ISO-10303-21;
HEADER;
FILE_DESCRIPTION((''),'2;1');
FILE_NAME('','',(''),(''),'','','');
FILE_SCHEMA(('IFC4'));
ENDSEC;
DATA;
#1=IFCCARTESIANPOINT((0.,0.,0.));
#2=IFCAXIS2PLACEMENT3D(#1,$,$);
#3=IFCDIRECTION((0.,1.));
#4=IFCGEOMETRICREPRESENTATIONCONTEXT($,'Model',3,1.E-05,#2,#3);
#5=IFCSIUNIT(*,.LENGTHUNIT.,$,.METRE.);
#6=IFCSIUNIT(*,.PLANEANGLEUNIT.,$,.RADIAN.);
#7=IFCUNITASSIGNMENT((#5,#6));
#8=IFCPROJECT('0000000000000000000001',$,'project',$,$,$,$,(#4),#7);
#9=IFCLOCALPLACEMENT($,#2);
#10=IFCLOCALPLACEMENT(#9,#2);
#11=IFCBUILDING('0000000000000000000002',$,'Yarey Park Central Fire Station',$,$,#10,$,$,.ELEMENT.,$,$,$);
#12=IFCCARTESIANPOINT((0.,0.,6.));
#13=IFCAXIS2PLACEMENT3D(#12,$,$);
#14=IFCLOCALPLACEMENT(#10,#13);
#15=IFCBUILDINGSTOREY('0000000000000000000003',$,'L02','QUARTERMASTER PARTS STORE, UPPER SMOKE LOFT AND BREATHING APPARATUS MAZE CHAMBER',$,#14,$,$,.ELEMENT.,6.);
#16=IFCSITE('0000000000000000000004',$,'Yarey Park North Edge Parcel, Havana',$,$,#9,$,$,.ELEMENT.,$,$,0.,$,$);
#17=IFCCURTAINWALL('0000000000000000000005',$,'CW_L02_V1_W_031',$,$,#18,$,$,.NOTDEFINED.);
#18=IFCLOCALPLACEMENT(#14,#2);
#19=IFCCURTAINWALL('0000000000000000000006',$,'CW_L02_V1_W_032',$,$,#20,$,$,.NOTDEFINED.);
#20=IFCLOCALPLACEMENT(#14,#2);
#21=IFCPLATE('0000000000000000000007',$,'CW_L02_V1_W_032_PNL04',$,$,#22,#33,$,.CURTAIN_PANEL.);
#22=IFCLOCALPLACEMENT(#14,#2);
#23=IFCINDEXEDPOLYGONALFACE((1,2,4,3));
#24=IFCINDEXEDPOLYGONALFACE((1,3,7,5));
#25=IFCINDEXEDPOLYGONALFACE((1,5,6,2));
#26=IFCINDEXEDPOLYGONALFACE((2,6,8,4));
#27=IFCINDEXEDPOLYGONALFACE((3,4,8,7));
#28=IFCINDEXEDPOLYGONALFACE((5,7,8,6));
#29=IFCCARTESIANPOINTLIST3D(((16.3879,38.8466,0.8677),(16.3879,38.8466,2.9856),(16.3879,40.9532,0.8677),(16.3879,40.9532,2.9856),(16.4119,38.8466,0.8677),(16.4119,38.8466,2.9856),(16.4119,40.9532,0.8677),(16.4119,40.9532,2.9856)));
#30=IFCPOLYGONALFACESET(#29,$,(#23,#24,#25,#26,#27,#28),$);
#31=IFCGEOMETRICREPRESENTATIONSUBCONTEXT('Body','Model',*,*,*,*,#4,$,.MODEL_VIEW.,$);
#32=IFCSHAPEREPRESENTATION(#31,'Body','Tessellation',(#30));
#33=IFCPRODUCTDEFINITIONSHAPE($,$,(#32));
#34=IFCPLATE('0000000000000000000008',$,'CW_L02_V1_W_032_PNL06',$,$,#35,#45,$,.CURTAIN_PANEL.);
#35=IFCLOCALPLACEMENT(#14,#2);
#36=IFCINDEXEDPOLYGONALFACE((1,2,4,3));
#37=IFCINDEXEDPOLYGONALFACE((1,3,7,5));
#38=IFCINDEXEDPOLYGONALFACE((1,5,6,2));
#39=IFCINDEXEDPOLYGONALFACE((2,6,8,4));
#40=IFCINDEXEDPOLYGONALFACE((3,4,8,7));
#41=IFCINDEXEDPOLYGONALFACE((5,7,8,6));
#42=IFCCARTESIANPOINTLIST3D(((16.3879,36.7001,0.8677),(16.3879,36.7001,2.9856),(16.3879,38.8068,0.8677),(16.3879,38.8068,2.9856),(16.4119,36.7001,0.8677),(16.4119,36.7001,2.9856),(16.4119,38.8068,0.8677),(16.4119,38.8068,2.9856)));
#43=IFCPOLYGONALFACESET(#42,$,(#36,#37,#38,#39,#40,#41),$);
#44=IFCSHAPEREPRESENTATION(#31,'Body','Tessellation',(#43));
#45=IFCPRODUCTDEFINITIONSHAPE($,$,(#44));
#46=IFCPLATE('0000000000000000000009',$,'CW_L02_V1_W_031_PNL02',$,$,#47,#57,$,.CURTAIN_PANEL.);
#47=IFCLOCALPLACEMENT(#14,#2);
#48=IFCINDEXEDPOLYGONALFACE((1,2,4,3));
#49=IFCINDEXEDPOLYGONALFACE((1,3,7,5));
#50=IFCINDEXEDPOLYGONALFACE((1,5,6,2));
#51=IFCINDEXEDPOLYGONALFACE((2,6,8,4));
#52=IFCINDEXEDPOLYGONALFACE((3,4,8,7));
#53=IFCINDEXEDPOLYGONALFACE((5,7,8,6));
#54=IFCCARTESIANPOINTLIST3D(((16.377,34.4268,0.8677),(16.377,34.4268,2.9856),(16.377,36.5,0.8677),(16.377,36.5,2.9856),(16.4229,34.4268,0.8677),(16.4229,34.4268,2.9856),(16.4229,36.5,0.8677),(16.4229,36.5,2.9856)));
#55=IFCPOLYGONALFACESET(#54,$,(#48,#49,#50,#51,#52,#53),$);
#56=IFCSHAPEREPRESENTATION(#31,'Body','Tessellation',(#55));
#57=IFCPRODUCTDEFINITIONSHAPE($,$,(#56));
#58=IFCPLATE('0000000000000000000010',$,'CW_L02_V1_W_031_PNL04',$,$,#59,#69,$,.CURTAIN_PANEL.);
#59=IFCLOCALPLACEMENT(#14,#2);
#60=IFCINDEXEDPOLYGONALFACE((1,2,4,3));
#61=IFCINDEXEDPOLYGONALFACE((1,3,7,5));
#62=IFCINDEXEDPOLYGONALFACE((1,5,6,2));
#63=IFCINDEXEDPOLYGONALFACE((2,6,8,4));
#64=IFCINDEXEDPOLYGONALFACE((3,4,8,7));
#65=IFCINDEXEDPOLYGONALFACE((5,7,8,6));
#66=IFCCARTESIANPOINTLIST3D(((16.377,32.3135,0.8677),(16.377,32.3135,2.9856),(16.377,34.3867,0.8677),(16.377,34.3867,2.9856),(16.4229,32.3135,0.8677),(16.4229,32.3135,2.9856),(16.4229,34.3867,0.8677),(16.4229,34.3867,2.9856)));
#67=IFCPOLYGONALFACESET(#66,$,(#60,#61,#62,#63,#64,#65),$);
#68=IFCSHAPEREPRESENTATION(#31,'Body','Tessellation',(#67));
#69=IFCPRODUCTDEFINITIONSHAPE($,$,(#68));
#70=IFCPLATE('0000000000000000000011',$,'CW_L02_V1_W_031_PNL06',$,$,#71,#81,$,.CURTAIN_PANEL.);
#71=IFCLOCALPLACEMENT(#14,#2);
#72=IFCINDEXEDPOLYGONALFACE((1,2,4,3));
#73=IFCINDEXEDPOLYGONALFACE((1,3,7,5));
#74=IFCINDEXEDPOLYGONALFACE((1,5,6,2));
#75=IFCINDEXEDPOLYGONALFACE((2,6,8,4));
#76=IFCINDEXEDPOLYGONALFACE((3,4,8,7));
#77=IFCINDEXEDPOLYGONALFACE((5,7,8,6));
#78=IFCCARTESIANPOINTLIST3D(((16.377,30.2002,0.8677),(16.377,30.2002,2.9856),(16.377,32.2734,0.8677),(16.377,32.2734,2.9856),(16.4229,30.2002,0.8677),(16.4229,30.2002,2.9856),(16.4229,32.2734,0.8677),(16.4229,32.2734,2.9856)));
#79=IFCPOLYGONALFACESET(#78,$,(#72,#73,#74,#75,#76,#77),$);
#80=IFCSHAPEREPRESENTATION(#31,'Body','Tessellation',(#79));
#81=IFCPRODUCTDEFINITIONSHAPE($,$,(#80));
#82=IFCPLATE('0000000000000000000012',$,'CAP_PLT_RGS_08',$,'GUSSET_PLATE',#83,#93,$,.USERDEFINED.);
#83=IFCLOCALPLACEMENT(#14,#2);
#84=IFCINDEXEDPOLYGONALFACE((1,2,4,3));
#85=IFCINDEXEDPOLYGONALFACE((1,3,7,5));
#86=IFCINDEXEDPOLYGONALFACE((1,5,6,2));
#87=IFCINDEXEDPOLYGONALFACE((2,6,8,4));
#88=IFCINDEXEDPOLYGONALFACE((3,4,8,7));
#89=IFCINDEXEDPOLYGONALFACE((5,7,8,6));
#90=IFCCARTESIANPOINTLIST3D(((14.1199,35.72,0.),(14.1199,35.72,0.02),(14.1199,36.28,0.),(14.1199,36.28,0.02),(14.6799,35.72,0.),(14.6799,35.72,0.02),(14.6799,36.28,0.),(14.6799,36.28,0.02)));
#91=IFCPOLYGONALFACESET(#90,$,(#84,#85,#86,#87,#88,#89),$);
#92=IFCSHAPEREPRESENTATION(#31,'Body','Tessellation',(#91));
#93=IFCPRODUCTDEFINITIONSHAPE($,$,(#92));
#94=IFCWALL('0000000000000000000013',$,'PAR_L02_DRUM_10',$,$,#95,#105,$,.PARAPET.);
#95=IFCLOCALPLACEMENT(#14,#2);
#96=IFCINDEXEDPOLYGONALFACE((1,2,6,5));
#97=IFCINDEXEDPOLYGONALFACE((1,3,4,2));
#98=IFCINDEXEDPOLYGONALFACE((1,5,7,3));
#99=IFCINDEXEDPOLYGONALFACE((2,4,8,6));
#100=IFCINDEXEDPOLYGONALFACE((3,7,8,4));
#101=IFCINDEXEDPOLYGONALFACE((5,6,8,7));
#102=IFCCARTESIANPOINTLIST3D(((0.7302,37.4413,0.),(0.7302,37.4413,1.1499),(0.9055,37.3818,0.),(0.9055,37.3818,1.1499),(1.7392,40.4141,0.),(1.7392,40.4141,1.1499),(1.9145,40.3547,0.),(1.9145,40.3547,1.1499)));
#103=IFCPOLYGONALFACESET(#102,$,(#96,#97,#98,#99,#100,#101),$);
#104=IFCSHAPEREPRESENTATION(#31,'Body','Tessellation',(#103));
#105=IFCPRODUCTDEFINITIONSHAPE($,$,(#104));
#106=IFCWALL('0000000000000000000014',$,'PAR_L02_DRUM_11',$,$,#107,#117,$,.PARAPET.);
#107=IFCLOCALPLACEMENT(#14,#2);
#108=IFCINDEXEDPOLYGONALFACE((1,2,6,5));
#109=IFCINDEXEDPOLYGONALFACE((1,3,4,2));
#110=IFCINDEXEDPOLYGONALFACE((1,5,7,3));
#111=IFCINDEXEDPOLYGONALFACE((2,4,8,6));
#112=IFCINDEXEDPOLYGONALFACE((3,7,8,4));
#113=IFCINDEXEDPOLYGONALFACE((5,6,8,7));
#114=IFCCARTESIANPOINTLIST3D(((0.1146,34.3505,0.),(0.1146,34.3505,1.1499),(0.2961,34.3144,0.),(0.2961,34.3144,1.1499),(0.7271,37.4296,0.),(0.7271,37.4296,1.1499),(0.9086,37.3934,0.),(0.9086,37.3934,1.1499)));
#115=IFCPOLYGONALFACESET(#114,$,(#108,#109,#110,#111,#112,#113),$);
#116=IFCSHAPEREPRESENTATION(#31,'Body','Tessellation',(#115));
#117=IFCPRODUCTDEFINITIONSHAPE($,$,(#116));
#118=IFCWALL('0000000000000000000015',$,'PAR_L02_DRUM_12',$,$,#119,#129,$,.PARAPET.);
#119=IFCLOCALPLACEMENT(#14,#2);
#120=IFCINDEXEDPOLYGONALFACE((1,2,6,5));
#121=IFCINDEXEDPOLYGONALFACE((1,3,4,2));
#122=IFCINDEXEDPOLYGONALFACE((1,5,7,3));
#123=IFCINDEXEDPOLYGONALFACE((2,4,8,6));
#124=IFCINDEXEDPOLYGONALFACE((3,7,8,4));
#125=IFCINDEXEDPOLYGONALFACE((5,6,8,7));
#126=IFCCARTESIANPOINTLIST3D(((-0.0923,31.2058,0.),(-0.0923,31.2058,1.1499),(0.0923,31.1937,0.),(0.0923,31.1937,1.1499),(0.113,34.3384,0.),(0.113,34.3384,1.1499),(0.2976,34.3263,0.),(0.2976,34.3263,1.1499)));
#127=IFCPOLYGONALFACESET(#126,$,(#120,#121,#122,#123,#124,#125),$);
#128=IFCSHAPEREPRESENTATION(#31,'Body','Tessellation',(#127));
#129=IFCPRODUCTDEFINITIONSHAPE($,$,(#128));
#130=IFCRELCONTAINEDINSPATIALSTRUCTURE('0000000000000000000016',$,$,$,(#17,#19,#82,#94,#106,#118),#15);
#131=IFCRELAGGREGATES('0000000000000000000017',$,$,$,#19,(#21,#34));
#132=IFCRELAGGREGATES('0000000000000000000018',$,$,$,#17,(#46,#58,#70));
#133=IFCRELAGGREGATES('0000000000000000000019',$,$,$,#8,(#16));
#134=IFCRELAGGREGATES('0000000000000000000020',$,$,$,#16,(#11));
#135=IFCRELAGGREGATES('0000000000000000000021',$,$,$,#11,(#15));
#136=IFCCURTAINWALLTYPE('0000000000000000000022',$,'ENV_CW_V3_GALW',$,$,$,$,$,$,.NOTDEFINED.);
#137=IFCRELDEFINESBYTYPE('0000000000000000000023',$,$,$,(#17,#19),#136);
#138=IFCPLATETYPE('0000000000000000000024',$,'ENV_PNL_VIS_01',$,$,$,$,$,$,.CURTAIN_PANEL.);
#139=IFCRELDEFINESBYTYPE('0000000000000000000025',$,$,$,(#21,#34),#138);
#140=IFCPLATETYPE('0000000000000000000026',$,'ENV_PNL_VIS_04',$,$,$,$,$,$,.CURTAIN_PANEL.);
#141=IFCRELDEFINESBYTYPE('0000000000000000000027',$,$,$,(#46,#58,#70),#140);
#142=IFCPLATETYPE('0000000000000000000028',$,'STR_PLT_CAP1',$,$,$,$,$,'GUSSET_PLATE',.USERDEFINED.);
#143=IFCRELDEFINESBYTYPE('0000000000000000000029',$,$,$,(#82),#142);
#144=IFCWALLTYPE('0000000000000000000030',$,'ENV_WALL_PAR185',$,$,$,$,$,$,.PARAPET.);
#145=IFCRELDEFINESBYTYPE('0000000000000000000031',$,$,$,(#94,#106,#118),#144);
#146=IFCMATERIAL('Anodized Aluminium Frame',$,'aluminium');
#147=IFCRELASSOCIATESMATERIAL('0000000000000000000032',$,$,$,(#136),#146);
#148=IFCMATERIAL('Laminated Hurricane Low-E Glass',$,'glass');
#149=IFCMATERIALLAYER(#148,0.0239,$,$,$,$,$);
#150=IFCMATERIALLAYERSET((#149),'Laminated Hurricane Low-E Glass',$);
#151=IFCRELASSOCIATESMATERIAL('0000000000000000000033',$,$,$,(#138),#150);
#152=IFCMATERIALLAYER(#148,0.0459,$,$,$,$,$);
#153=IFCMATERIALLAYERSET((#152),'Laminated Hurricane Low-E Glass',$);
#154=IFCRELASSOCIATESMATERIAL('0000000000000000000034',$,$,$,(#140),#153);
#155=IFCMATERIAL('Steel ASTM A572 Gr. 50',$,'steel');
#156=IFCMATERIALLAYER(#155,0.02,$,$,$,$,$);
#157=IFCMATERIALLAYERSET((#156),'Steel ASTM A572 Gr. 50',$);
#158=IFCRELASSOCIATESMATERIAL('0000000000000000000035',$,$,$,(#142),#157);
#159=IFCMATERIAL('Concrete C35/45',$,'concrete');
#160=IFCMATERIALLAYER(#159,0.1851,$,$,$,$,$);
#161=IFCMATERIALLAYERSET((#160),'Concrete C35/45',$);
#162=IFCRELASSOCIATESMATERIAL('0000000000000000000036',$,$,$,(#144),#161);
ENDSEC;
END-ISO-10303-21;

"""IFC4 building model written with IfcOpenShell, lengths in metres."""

from ifc_helpers import new_model, si_unit, direction, frame, frame_2d, origin, origin_2d, place, context, subcontext, project, spatial, rectangle, extrude, material, layer, layer_set, type_object, element, aggregate, save


model = new_model("IFC4")

# Units and contexts
model_context = context("Model", 3, precision=1e-05, world=origin(), true_north=direction((0.0, 1.0)))
body_context = subcontext(model_context, "Body", "Model", "MODEL_VIEW")
ifc_project = project(units=[si_unit("LENGTHUNIT", "METRE"), si_unit("PLANEANGLEUNIT", "RADIAN")], contexts=[model_context])

# Site, building, storey
site_placement = place(None, origin())
site = spatial("IfcSite", under=ifc_project, at=site_placement, Name="Yarey Park North Edge Parcel, Havana", CompositionType="ELEMENT", RefElevation=0.0)
building_placement = place(site_placement, origin())
building = spatial("IfcBuilding", under=site, at=building_placement, Name="Yarey Park Central Fire Station", CompositionType="ELEMENT")
storey_placement = place(building_placement, frame((0.0, 0.0, 6.0)))
storey = spatial("IfcBuildingStorey", under=building, at=storey_placement, Name="L02", Description="QUARTERMASTER PARTS STORE, UPPER SMOKE LOFT AND BREATHING APPARATUS MAZE CHAMBER", CompositionType="ELEMENT", Elevation=6.0)

# Curtain walls
ifc_material_1 = material(Name="Anodized Aluminium Frame", Category="aluminium")
curtain_wall_type = type_object("IfcCurtainWallType", Name="ENV_CW_V3_GALW", PredefinedType="NOTDEFINED", material=ifc_material_1)
curtain_wall_1_placement = place(storey_placement, origin())
curtain_wall_1 = element("IfcCurtainWall", 1, at=curtain_wall_1_placement, inside=storey, type_object=curtain_wall_type, Name="CW_L02_V1_W_031", PredefinedType="NOTDEFINED")
curtain_wall_2_placement = place(storey_placement, origin())
curtain_wall_2 = element("IfcCurtainWall", 2, at=curtain_wall_2_placement, inside=storey, type_object=curtain_wall_type, Name="CW_L02_V1_W_032", PredefinedType="NOTDEFINED")

# Plates
ifc_material_2 = material(Name="Laminated Hurricane Low-E Glass", Category="glass")
ifc_layer_1 = layer(ifc_material_2, 0.0239)
ifc_layer_set_1 = layer_set([ifc_layer_1], Name="Laminated Hurricane Low-E Glass")
plate_type_1 = type_object("IfcPlateType", Name="ENV_PNL_VIS_01", PredefinedType="CURTAIN_PANEL", material=ifc_layer_set_1)
plate_1_placement = place(storey_placement, frame((16.3999, 39.8999, 0.8677), z_axis=(0.0, 0.0, 1.0), x_axis=(0.0, -1.0, 0.0)))
plate_1 = element("IfcPlate", 3, at=plate_1_placement, type_object=plate_type_1, Name="CW_L02_V1_W_032_PNL04", PredefinedType="CURTAIN_PANEL", context=body_context, shape_type="SweptSolid", body=[
    extrude(rectangle(XDim=2.1067, YDim=0.0239, at=origin_2d()), origin(), (0.0, 0.0, 1.0), 2.1179),
])
plate_2_placement = place(storey_placement, frame((16.3999, 37.7534, 0.8677), z_axis=(0.0, 0.0, 1.0), x_axis=(0.0, -1.0, 0.0)))
plate_2 = element("IfcPlate", 4, at=plate_2_placement, type_object=plate_type_1, Name="CW_L02_V1_W_032_PNL06", PredefinedType="CURTAIN_PANEL", context=body_context, shape_type="SweptSolid", body=[
    extrude(rectangle(XDim=2.1067, YDim=0.0239, at=origin_2d()), origin(), (0.0, 0.0, 1.0), 2.1179),
])
aggregate(curtain_wall_2, [plate_1, plate_2])
ifc_layer_2 = layer(ifc_material_2, 0.0459)
ifc_layer_set_2 = layer_set([ifc_layer_2], Name="Laminated Hurricane Low-E Glass")
plate_type_2 = type_object("IfcPlateType", Name="ENV_PNL_VIS_04", PredefinedType="CURTAIN_PANEL", material=ifc_layer_set_2)
plate_3_placement = place(storey_placement, frame((16.3999, 35.4634, 0.8677), z_axis=(0.0, 0.0, 1.0), x_axis=(0.0, -1.0, 0.0)))
plate_3 = element("IfcPlate", 5, at=plate_3_placement, type_object=plate_type_2, Name="CW_L02_V1_W_031_PNL02", PredefinedType="CURTAIN_PANEL", context=body_context, shape_type="SweptSolid", body=[
    extrude(rectangle(XDim=2.0732, YDim=0.0459, at=origin_2d()), origin(), (0.0, 0.0, 1.0), 2.1179),
])
plate_4_placement = place(storey_placement, frame((16.3999, 33.3501, 0.8677), z_axis=(0.0, 0.0, 1.0), x_axis=(0.0, -1.0, 0.0)))
plate_4 = element("IfcPlate", 6, at=plate_4_placement, type_object=plate_type_2, Name="CW_L02_V1_W_031_PNL04", PredefinedType="CURTAIN_PANEL", context=body_context, shape_type="SweptSolid", body=[
    extrude(rectangle(XDim=2.0732, YDim=0.0459, at=origin_2d()), origin(), (0.0, 0.0, 1.0), 2.1179),
])
plate_5_placement = place(storey_placement, frame((16.3999, 31.2368, 0.8677), z_axis=(0.0, 0.0, 1.0), x_axis=(0.0, -1.0, 0.0)))
plate_5 = element("IfcPlate", 7, at=plate_5_placement, type_object=plate_type_2, Name="CW_L02_V1_W_031_PNL06", PredefinedType="CURTAIN_PANEL", context=body_context, shape_type="SweptSolid", body=[
    extrude(rectangle(XDim=2.0732, YDim=0.0459, at=origin_2d()), origin(), (0.0, 0.0, 1.0), 2.1179),
])
aggregate(curtain_wall_1, [plate_3, plate_4, plate_5])
ifc_material_3 = material(Name="Steel ASTM A572 Gr. 50", Category="steel")
ifc_layer_3 = layer(ifc_material_3, 0.02)
ifc_layer_set_3 = layer_set([ifc_layer_3], Name="Steel ASTM A572 Gr. 50")
plate_type_3 = type_object("IfcPlateType", Name="STR_PLT_CAP1", ElementType="GUSSET_PLATE", PredefinedType="USERDEFINED", material=ifc_layer_set_3)
plate_6_placement = place(storey_placement, frame((14.3999, 36.0, 0.0), z_axis=(0.0, 0.0, 1.0), x_axis=(1.0, 0.0, 0.0)))
element("IfcPlate", 8, at=plate_6_placement, inside=storey, type_object=plate_type_3, Name="CAP_PLT_RGS_08", ObjectType="GUSSET_PLATE", PredefinedType="USERDEFINED", context=body_context, shape_type="SweptSolid", body=[
    extrude(rectangle(XDim=0.5601, YDim=0.5601, at=origin_2d()), origin(), (0.0, 0.0, 1.0), 0.02),
])

# Walls
ifc_material_4 = material(Name="Concrete C35/45", Category="concrete")
ifc_layer_4 = layer(ifc_material_4, 0.1851)
ifc_layer_set_4 = layer_set([ifc_layer_4], Name="Concrete C35/45")
wall_type = type_object("IfcWallType", Name="ENV_WALL_PAR185", PredefinedType="PARAPET", material=ifc_layer_set_4)
for number, where, z_axis, x_axis, name in (
    (9, (1.8269, 40.3845, 0.0), (0.0, 0.0, 1.0), (-0.321402, -0.946943, 0.0), "PAR_L02_DRUM_10"),
    (10, (0.8179, 37.4116, 0.0), (0.0, 0.0, 1.0), (-0.195114, -0.980781, 0.0), "PAR_L02_DRUM_11"),
    (11, (0.2053, 34.3325, 0.0), (0.0, 0.0, 1.0), (-0.065404, -0.997859, 0.0), "PAR_L02_DRUM_12"),
):
    element("IfcWall", number, at=place(storey_placement, frame(where, z_axis=z_axis, x_axis=x_axis)), inside=storey, type_object=wall_type, Name=name, PredefinedType="PARAPET", context=body_context, shape_type="SweptSolid", body=[
        extrude(rectangle(XDim=3.1394, YDim=0.1851, at=frame_2d((1.5698, 0.0))), origin(), (0.0, 0.0, 1.0), 1.1499),
    ])

save(model, "model.ifc")
